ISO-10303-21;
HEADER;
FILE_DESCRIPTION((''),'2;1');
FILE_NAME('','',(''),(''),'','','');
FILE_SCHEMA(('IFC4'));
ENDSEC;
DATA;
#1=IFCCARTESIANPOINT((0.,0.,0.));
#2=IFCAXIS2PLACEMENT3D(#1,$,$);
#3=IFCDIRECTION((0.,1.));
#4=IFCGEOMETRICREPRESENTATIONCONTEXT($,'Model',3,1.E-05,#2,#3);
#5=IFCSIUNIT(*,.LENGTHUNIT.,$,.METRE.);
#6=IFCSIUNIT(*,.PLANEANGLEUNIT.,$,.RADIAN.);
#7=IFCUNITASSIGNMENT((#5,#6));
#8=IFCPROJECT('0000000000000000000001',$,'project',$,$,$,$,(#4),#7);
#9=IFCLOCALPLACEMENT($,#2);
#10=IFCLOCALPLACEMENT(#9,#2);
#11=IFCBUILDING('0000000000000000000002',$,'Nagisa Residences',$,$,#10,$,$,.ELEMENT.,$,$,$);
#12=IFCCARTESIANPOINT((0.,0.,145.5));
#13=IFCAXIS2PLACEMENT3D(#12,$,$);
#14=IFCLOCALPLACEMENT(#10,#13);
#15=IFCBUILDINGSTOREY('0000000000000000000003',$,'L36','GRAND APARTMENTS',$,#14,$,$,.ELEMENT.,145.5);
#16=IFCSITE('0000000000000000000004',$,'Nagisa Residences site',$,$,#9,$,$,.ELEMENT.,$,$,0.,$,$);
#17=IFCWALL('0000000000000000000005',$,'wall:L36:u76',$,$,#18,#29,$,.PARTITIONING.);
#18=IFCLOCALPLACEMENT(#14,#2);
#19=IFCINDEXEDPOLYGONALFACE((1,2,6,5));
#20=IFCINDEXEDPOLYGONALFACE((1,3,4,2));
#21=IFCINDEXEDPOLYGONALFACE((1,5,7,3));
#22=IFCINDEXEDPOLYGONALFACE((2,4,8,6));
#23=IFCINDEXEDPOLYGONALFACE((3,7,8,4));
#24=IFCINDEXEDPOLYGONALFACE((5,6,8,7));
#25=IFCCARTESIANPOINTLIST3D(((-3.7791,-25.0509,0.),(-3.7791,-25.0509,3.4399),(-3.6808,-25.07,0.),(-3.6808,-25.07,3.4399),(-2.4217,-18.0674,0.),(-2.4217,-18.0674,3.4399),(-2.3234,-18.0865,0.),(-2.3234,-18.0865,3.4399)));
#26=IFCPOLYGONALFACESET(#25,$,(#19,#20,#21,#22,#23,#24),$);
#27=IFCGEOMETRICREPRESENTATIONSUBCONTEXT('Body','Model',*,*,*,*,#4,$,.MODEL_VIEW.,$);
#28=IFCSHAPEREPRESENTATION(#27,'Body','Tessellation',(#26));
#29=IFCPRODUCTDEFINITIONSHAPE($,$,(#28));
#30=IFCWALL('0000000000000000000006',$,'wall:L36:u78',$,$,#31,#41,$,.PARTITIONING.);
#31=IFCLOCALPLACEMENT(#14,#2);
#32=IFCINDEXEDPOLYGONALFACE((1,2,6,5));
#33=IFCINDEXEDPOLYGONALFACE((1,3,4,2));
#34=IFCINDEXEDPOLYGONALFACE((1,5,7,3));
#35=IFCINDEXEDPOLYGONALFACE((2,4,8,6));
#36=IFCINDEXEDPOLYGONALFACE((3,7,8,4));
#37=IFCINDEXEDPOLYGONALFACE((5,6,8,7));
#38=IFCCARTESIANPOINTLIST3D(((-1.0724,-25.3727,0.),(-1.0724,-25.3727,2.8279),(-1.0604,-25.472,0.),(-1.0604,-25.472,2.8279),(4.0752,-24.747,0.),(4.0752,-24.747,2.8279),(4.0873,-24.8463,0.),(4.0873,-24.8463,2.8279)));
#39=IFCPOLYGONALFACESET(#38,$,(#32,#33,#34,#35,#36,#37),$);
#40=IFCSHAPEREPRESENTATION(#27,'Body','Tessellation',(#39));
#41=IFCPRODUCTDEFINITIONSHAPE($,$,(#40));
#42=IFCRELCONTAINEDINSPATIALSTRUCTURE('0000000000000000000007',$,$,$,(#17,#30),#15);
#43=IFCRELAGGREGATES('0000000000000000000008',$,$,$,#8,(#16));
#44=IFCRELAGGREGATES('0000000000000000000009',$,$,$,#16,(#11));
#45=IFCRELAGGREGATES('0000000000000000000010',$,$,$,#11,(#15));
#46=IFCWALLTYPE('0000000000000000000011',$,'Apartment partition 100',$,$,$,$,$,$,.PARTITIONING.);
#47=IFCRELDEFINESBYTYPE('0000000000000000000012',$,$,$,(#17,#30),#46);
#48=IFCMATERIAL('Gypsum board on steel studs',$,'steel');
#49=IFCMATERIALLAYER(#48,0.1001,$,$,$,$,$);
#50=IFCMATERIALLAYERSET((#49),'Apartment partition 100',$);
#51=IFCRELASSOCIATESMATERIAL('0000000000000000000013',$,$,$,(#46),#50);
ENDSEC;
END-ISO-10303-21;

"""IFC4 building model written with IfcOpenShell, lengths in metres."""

from ifc_helpers import new_model, si_unit, direction, frame, frame_2d, origin, place, context, subcontext, project, spatial, rectangle, extrude, material, layer, layer_set, type_object, element, save


model = new_model("IFC4")

# Units and contexts
model_context = context("Model", 3, precision=1e-05, world=origin(), true_north=direction((0.0, 1.0)))
body_context = subcontext(model_context, "Body", "Model", "MODEL_VIEW")
ifc_project = project(units=[si_unit("LENGTHUNIT", "METRE"), si_unit("PLANEANGLEUNIT", "RADIAN")], contexts=[model_context])

# Site, building, storey
site_placement = place(None, origin())
site = spatial("IfcSite", under=ifc_project, at=site_placement, Name="Nagisa Residences site", CompositionType="ELEMENT", RefElevation=0.0)
building_placement = place(site_placement, origin())
building = spatial("IfcBuilding", under=site, at=building_placement, Name="Nagisa Residences", CompositionType="ELEMENT")
storey_placement = place(building_placement, frame((0.0, 0.0, 145.5)))
storey = spatial("IfcBuildingStorey", under=building, at=storey_placement, Name="L36", Description="GRAND APARTMENTS", CompositionType="ELEMENT", Elevation=145.5)

# Shared definitions
ifc_material_1 = material(Name="Gypsum board on steel studs", Category="steel")
ifc_layer_1 = layer(ifc_material_1, 0.1001)
ifc_layer_set_1 = layer_set([ifc_layer_1], Name="Apartment partition 100")
wall_type_1 = type_object("IfcWallType", Name="Apartment partition 100", PredefinedType="PARTITIONING", material=ifc_layer_set_1)

# Walls
wall_1_placement = place(storey_placement, frame((-2.3726, -18.0769, 0.0), z_axis=(0.0, 0.0, 1.0), x_axis=(-0.190801, -0.981629, 0.0)))
element("IfcWall", 1, at=wall_1_placement, inside=storey, type_object=wall_type_1, Name="wall:L36:u76", PredefinedType="PARTITIONING", context=body_context, shape_type="SweptSolid", body=[
    extrude(rectangle(XDim=7.1143, YDim=0.1001, at=frame_2d((3.5571, 0.0))), origin(), (0.0, 0.0, 1.0), 3.4399),
])
wall_2_placement = place(storey_placement, frame((-1.0664, -25.4224, 0.0), z_axis=(0.0, 0.0, 1.0), x_axis=(0.992693, 0.120667, 0.0)))
element("IfcWall", 2, at=wall_2_placement, inside=storey, type_object=wall_type_1, Name="wall:L36:u78", PredefinedType="PARTITIONING", context=body_context, shape_type="SweptSolid", body=[
    extrude(rectangle(XDim=5.1855, YDim=0.1001, at=frame_2d((2.5928, 0.0))), origin(), (0.0, 0.0, 1.0), 2.8279),
])

save(model, "model.ifc")
